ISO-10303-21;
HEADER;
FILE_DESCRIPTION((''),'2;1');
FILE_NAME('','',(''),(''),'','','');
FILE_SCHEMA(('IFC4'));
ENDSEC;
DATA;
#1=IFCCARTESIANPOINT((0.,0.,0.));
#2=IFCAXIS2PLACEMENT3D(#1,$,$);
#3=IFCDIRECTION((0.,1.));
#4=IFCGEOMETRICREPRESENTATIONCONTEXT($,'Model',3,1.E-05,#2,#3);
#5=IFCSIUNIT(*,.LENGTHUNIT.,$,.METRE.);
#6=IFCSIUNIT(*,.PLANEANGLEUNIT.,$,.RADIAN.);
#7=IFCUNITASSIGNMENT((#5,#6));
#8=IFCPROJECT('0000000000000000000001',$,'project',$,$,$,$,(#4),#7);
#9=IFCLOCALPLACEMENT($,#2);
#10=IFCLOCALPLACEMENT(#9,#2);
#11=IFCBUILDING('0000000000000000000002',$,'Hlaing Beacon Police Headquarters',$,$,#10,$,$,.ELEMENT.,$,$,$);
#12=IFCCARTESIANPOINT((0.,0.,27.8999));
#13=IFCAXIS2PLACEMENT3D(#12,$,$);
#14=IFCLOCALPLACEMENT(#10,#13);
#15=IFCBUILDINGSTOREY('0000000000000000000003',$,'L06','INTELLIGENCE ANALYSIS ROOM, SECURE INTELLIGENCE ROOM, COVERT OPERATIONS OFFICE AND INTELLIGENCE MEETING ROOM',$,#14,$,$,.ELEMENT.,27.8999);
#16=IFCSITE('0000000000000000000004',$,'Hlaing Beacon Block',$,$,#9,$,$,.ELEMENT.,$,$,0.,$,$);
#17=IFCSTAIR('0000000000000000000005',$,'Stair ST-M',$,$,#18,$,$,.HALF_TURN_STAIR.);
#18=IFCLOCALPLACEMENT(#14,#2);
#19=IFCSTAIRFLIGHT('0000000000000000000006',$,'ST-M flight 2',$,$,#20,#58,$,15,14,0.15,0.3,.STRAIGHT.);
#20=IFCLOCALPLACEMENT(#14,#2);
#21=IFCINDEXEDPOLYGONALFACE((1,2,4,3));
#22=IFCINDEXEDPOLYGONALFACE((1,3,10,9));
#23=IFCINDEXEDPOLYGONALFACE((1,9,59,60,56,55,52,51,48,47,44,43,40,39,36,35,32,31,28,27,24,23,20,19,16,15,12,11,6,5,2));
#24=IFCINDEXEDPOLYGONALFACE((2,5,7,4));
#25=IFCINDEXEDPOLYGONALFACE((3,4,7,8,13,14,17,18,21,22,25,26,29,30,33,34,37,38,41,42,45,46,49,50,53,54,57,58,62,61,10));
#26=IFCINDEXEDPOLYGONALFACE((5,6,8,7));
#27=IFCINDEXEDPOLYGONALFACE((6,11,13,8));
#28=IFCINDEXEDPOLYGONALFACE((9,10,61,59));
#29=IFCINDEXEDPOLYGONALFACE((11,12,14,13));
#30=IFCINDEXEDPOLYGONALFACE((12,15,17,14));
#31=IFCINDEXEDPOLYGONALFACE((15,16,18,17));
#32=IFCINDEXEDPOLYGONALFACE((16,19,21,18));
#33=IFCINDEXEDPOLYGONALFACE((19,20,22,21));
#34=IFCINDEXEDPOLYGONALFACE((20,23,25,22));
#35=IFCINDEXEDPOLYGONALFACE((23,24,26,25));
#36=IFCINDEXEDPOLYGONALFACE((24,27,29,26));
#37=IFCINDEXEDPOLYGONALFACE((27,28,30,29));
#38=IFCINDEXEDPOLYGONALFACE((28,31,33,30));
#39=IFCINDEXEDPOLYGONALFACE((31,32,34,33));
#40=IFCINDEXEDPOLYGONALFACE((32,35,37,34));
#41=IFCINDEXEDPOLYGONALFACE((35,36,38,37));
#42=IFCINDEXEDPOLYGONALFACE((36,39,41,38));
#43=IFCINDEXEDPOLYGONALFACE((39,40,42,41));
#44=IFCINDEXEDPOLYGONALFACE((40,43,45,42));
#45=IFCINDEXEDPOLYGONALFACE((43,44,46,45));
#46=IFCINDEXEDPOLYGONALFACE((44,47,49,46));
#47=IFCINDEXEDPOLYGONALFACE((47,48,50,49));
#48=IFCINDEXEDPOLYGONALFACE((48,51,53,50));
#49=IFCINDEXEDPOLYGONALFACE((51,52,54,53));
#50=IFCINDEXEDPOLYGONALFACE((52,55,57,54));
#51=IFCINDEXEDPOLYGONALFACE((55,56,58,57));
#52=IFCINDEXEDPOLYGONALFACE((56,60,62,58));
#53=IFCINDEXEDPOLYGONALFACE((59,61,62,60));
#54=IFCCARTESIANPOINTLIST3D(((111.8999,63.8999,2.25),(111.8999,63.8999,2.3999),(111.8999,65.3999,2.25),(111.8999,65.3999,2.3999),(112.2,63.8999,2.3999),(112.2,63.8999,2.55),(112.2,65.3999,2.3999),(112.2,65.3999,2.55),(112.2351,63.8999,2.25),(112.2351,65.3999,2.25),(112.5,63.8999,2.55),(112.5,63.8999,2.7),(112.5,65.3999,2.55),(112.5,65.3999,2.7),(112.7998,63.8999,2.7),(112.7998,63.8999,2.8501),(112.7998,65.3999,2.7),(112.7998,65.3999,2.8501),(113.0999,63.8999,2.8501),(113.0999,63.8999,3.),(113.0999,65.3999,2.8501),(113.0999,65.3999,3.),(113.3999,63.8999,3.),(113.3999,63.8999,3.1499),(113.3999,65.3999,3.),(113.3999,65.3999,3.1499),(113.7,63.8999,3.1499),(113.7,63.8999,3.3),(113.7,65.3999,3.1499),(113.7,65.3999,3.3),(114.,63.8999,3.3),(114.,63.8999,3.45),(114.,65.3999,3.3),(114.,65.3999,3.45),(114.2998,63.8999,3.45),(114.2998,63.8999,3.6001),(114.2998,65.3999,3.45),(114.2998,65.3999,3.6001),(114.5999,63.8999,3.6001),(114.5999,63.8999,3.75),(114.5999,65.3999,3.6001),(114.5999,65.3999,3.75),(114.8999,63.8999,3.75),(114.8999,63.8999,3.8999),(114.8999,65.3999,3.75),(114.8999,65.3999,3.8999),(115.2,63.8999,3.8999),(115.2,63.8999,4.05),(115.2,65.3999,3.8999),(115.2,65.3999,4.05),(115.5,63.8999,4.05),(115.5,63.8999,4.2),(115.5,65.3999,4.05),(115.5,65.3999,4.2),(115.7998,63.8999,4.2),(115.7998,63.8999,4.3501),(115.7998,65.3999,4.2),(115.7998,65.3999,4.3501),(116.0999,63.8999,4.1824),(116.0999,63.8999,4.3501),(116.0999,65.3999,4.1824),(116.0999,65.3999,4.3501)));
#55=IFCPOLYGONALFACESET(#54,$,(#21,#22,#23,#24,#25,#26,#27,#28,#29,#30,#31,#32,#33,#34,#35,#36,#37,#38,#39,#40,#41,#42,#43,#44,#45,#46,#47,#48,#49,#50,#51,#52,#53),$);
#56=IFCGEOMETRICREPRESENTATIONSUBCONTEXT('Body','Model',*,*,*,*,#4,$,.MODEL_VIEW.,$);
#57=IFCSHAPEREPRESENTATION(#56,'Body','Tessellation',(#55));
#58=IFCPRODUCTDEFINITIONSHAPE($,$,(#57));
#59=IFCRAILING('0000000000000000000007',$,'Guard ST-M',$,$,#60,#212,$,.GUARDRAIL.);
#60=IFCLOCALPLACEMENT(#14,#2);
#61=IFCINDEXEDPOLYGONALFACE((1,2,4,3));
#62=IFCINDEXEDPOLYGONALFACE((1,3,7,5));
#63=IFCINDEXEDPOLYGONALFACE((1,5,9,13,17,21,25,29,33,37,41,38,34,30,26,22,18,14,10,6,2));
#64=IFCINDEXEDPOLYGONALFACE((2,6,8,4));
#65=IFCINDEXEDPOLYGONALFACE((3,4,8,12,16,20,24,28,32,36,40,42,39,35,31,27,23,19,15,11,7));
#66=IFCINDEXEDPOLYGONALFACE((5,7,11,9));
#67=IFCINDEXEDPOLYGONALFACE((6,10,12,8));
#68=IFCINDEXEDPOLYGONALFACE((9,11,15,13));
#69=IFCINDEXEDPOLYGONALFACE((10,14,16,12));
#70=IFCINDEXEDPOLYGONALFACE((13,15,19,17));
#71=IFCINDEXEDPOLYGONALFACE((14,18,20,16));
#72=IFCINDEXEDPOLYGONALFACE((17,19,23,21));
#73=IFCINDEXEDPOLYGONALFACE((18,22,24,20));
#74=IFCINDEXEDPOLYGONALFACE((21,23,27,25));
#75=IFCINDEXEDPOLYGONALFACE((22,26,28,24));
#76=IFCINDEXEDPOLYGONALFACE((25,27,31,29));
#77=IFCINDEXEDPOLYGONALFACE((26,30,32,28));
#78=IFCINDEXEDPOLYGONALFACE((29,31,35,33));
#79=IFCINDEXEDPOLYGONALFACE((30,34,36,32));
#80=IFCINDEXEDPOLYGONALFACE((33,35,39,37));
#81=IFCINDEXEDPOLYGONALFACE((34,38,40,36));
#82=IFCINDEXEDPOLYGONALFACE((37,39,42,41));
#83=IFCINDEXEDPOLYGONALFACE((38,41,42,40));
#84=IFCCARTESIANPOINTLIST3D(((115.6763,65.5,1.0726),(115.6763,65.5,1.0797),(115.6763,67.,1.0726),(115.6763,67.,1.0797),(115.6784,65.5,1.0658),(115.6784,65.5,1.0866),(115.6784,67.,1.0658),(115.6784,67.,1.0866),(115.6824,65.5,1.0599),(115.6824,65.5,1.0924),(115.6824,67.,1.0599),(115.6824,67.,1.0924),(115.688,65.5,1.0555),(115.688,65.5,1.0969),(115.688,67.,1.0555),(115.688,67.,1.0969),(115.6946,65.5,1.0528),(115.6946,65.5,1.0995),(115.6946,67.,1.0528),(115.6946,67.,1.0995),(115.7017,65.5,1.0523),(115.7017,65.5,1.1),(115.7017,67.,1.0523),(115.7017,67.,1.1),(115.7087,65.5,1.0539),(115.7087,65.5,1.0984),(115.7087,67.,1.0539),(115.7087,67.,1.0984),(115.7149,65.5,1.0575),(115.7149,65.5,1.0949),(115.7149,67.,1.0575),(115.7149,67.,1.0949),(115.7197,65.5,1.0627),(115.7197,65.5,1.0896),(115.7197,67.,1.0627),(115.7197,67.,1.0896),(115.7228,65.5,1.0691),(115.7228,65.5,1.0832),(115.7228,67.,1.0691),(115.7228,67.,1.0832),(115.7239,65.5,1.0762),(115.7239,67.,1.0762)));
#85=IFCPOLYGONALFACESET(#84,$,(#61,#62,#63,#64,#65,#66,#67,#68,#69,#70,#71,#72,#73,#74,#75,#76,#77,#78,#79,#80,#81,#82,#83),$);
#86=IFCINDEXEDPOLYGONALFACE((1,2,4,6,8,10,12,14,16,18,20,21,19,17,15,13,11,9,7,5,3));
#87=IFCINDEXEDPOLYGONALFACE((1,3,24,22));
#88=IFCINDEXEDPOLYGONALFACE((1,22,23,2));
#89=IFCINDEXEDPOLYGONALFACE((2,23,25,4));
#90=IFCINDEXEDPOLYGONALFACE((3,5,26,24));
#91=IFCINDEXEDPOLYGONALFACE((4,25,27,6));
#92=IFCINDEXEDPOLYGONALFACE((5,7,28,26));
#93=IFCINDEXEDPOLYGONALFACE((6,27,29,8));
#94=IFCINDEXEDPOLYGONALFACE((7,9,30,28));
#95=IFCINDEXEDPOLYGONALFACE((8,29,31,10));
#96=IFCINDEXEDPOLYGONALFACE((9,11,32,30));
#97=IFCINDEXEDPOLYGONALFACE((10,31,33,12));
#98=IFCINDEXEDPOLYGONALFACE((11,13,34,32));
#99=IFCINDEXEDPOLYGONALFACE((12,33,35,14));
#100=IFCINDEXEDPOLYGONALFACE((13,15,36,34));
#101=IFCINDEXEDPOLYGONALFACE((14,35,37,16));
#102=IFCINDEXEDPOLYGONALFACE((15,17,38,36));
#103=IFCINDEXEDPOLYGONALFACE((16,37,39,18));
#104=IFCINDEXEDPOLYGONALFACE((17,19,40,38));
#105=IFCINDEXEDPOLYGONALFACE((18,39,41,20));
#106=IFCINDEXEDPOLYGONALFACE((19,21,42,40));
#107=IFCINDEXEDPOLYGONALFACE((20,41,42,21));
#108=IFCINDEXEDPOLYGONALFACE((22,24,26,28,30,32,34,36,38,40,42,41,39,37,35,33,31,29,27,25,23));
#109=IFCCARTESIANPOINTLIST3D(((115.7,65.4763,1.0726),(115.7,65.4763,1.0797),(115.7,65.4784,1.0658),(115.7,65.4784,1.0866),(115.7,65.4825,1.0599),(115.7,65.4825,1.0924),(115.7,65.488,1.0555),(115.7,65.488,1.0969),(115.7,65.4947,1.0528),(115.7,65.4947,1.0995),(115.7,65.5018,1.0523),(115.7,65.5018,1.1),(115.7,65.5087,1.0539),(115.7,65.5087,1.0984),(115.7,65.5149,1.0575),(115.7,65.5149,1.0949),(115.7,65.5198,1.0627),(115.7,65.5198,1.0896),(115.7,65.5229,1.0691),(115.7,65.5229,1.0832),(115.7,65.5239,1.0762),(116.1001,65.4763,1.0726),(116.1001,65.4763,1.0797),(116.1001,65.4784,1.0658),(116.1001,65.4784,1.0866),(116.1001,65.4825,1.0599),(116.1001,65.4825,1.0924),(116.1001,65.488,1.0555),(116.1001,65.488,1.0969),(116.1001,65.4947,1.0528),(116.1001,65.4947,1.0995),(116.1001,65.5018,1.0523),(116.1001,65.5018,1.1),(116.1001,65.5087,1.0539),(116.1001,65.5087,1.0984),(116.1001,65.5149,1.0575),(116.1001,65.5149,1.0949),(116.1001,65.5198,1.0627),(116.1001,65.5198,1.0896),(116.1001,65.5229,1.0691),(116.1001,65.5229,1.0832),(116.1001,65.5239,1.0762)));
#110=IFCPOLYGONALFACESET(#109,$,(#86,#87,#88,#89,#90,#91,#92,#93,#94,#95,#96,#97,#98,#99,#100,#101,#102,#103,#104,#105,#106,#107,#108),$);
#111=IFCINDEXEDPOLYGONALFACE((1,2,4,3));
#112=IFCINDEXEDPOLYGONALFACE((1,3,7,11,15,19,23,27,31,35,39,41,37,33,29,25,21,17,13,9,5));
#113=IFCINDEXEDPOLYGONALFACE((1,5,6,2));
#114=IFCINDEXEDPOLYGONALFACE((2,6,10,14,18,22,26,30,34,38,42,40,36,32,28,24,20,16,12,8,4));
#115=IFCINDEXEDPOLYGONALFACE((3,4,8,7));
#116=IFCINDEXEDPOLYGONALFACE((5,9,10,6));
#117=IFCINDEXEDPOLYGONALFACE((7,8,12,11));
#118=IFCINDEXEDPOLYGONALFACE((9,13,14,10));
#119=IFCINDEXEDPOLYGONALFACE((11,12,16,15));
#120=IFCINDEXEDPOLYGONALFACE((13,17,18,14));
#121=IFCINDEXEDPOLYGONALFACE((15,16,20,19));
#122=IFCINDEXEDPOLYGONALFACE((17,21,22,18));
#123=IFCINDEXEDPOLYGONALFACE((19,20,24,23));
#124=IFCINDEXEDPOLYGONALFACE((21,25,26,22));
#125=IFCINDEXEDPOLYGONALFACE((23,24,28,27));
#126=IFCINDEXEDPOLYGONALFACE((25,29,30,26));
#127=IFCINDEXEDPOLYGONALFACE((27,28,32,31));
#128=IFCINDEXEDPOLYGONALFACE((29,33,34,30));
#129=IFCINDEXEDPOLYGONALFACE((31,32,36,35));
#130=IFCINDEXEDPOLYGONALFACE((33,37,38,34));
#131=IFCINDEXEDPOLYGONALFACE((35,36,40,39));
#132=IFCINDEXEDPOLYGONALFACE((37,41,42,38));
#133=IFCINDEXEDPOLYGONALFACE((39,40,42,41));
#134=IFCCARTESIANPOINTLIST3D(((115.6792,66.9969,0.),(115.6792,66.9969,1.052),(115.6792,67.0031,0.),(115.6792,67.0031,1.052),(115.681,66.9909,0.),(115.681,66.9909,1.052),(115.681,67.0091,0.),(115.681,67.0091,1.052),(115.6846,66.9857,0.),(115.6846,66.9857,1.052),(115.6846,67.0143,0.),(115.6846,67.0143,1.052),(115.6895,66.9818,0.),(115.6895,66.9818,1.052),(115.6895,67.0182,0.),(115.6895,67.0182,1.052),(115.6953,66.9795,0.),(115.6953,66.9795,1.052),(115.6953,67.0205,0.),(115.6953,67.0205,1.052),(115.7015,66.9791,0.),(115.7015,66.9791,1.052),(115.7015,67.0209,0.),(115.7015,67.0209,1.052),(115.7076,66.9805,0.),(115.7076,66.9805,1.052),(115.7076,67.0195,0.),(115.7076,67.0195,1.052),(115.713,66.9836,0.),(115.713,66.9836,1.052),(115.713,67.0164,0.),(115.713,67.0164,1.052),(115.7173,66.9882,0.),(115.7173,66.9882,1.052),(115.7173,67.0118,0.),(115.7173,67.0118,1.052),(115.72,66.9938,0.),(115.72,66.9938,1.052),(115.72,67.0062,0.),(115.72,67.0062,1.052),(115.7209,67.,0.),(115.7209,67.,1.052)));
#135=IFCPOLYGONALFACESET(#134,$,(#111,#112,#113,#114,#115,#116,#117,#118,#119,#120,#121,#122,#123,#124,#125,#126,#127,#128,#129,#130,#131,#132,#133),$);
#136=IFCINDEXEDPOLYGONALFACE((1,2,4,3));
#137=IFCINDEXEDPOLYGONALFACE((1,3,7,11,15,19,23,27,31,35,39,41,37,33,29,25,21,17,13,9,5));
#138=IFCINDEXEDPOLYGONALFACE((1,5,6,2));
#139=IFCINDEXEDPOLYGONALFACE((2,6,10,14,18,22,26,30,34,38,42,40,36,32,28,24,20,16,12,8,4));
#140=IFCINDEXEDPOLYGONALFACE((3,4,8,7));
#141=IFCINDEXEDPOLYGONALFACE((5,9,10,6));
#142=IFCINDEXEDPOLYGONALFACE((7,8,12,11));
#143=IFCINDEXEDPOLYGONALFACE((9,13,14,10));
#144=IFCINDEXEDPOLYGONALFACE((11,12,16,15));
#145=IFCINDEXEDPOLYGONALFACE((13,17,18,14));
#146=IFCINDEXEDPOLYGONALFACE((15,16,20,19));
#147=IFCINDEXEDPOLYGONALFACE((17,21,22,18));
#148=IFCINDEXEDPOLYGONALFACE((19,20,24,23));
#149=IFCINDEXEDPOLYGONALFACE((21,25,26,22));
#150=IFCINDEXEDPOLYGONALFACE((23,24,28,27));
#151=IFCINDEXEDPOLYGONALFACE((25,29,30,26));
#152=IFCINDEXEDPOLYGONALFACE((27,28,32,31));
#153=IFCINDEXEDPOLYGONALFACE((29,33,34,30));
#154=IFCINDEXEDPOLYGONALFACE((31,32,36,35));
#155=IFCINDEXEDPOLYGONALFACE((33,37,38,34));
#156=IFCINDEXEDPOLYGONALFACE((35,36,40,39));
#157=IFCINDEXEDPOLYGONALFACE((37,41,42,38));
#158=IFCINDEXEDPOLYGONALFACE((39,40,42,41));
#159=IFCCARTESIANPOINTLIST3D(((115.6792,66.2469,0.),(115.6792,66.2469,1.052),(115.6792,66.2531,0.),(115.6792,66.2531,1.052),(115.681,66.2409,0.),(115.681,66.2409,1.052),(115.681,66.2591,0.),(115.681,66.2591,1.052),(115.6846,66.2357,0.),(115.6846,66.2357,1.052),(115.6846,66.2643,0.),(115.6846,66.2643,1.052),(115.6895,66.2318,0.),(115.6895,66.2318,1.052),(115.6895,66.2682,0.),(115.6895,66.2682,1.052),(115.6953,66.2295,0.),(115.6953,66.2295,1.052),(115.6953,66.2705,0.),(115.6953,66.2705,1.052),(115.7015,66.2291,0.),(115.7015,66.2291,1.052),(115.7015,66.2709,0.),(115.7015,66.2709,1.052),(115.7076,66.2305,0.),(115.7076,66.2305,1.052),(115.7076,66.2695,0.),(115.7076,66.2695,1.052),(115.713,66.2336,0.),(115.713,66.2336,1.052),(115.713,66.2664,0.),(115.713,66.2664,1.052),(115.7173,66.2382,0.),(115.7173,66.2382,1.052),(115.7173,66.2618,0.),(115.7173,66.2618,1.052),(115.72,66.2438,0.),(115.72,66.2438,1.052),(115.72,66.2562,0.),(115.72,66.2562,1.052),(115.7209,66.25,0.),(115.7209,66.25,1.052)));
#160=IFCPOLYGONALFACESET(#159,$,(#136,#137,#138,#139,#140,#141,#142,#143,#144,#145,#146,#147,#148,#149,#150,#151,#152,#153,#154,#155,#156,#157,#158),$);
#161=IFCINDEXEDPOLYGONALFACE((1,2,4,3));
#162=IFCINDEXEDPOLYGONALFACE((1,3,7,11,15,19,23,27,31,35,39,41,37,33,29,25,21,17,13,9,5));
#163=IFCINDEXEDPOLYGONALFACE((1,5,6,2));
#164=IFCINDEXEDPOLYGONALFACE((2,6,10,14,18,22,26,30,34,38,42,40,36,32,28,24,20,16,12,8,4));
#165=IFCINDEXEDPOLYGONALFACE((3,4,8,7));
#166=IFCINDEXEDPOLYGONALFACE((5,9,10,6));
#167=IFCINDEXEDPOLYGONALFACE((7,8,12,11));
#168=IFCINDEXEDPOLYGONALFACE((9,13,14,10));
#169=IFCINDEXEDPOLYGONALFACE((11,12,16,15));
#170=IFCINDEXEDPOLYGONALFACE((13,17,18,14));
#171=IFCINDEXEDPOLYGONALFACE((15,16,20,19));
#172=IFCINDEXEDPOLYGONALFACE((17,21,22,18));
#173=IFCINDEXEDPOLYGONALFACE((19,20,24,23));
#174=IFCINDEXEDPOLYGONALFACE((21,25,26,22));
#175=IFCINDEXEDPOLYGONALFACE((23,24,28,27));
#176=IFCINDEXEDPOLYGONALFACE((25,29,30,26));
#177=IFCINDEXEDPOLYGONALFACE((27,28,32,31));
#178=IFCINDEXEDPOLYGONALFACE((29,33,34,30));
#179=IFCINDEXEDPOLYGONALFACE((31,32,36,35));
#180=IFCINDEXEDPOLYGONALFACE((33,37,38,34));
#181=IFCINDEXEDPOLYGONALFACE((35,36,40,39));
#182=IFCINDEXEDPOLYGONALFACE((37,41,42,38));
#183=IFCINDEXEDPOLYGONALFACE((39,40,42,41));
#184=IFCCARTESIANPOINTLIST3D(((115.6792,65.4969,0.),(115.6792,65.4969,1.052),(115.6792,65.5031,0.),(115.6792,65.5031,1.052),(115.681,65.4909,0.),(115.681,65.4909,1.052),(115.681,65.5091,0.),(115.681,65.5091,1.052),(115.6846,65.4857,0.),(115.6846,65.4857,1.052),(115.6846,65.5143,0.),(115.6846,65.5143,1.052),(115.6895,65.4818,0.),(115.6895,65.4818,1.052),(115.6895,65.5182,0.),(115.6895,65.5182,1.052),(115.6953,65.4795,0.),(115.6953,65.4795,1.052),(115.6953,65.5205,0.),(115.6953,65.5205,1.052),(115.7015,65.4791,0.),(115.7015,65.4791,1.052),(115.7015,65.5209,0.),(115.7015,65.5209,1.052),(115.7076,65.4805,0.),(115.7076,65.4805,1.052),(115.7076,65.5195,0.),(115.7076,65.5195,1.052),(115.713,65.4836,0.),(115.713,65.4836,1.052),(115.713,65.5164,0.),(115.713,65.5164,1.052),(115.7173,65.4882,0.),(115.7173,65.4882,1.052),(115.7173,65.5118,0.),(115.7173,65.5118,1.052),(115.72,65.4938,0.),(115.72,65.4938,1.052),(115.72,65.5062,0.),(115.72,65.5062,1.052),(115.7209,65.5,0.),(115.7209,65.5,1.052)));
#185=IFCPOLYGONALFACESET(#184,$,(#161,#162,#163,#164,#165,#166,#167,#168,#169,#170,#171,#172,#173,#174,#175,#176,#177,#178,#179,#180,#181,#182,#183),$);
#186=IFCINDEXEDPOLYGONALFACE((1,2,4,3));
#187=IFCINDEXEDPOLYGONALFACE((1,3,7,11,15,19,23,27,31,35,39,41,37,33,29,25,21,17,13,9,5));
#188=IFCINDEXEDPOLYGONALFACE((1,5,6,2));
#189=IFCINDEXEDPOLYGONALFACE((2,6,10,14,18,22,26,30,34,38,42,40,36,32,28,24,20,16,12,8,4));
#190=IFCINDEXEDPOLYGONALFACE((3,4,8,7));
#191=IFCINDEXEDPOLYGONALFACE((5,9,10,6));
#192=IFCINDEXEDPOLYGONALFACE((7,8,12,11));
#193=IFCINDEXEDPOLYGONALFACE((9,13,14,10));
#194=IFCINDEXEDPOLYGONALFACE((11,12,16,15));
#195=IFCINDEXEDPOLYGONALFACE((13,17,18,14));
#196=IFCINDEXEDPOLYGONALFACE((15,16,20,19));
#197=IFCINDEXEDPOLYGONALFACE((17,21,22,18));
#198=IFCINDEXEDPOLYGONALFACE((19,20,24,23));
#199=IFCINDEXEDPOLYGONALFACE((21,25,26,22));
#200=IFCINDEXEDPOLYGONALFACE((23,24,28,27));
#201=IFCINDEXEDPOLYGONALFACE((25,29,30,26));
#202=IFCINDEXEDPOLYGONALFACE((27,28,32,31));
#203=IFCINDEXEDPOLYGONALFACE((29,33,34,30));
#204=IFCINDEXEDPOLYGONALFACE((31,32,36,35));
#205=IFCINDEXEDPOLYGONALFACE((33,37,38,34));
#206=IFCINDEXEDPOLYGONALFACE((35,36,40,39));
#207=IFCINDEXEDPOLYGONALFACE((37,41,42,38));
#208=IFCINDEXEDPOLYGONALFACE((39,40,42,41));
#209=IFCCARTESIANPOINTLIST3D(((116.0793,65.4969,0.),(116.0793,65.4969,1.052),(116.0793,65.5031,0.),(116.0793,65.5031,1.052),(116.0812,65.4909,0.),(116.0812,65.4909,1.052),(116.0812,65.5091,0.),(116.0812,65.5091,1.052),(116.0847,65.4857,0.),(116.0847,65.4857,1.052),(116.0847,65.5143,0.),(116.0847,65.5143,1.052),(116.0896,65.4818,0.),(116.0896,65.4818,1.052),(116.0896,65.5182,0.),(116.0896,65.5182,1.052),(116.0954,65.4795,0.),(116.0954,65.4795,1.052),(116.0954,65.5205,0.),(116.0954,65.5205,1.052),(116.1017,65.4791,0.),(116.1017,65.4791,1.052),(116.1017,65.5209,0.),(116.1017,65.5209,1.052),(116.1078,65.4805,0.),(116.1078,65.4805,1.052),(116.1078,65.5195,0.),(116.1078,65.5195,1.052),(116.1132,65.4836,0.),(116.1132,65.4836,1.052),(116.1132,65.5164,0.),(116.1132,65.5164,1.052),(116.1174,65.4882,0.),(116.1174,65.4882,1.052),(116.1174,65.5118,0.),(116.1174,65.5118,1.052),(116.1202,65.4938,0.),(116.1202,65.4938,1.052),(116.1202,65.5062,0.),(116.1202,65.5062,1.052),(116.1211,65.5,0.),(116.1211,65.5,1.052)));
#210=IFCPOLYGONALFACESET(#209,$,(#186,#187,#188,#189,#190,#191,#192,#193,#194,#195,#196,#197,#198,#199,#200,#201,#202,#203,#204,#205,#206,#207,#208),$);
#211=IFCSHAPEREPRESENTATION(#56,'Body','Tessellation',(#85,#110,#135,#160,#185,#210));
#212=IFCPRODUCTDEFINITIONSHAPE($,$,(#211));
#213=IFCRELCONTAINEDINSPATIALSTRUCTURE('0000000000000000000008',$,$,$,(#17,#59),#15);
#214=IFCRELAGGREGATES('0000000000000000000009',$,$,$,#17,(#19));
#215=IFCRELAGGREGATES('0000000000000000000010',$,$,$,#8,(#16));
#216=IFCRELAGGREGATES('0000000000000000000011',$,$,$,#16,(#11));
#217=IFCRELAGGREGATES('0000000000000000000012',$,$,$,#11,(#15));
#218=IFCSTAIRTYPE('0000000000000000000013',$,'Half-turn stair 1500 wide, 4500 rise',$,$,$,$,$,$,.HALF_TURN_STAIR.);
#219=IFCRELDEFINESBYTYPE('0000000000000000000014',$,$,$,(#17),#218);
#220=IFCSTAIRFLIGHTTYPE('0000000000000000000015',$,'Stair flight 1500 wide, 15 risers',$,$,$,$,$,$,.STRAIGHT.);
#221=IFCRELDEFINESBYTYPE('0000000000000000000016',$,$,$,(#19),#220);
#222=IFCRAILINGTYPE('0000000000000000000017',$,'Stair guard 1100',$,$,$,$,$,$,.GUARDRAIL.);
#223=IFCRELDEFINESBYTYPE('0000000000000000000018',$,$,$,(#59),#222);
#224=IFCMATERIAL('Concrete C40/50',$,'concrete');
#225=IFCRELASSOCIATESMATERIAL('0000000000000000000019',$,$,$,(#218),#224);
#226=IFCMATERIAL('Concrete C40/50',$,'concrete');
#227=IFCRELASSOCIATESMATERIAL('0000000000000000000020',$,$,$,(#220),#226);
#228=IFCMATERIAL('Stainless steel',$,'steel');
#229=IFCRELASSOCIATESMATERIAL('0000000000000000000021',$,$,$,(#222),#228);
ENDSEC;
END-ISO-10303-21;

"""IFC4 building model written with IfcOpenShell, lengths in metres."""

from ifc_helpers import new_model, si_unit, direction, frame, origin, origin_2d, place, context, subcontext, project, spatial, polyline, circle, outline, extrude, material, type_object, element, aggregate, save


model = new_model("IFC4")

# Units and contexts
model_context = context("Model", 3, precision=1e-05, world=origin(), true_north=direction((0.0, 1.0)))
body_context = subcontext(model_context, "Body", "Model", "MODEL_VIEW")
ifc_project = project(units=[si_unit("LENGTHUNIT", "METRE"), si_unit("PLANEANGLEUNIT", "RADIAN")], contexts=[model_context])

# Site, building, storey
site_placement = place(None, origin())
site = spatial("IfcSite", under=ifc_project, at=site_placement, Name="Hlaing Beacon Block", CompositionType="ELEMENT", RefElevation=0.0)
building_placement = place(site_placement, origin())
building = spatial("IfcBuilding", under=site, at=building_placement, Name="Hlaing Beacon Police Headquarters", CompositionType="ELEMENT")
storey_placement = place(building_placement, frame((0.0, 0.0, 27.8999)))
storey = spatial("IfcBuildingStorey", under=building, at=storey_placement, Name="L06", Description="INTELLIGENCE ANALYSIS ROOM, SECURE INTELLIGENCE ROOM, COVERT OPERATIONS OFFICE AND INTELLIGENCE MEETING ROOM", CompositionType="ELEMENT", Elevation=27.8999)

# Stair, stair flight
ifc_material_1 = material(Name="Concrete C40/50", Category="concrete")
stair_type = type_object("IfcStairType", Name="Half-turn stair 1500 wide, 4500 rise", PredefinedType="HALF_TURN_STAIR", material=ifc_material_1)
stair_placement = place(storey_placement, origin())
stair = element("IfcStair", 1, at=stair_placement, inside=storey, type_object=stair_type, Name="Stair ST-M", PredefinedType="HALF_TURN_STAIR")
ifc_material_2 = material(Name="Concrete C40/50", Category="concrete")
stair_flight_type = type_object("IfcStairFlightType", Name="Stair flight 1500 wide, 15 risers", PredefinedType="STRAIGHT", material=ifc_material_2)
stair_flight_placement = place(storey_placement, frame((111.8999, 64.6499, 2.25), z_axis=(0.0, 0.0, 1.0), x_axis=(1.0, 0.0, 0.0)))
stair_flight = element("IfcStairFlight", 2, at=stair_flight_placement, type_object=stair_flight_type, Name="ST-M flight 2", NumberOfRisers=15, NumberOfTreads=14, PredefinedType="STRAIGHT", RiserHeight=0.15, TreadLength=0.3, context=body_context, shape_type="SweptSolid", body=[
    extrude(outline(polyline([(0.0, 0.0), (0.0, 0.1499), (0.3, 0.1499), (0.3, 0.3), (0.6001, 0.3), (0.6001, 0.45), (0.8999, 0.45), (0.8999, 0.6001), (1.2, 0.6001), (1.2, 0.75), (1.5, 0.75), (1.5, 0.8999), (1.8, 0.8999), (1.8, 1.05), (2.1001, 1.05), (2.1001, 1.2), (2.3999, 1.2), (2.3999, 1.3501), (2.7, 1.3501), (2.7, 1.5), (3.0, 1.5), (3.0, 1.6499), (3.3, 1.6499), (3.3, 1.8), (3.6001, 1.8), (3.6001, 1.95), (3.8999, 1.95), (3.8999, 2.1001), (4.2, 2.1001), (4.2, 2.25), (4.2, 1.9324), (0.3352, 0.0), (0.0, 0.0)])), frame((0.0, 0.75, 0.0), z_axis=(0.0, -1.0, 0.0), x_axis=(1.0, 0.0, 0.0)), (0.0, 0.0, 1.0), 1.5),
])
aggregate(stair, [stair_flight])

# Railing
ifc_material_3 = material(Name="Stainless steel", Category="steel")
railing_type_1 = type_object("IfcRailingType", Name="Stair guard 1100", PredefinedType="GUARDRAIL", material=ifc_material_3)
railing_placement = place(storey_placement, frame((115.7, 67.0, 0.0)))
element("IfcRailing", 3, at=railing_placement, inside=storey, type_object=railing_type_1, Name="Guard ST-M", PredefinedType="GUARDRAIL", context=body_context, shape_type="SweptSolid", body=[
    extrude(circle(Radius=0.0239, at=origin_2d()), frame((0.0, 0.0, 1.0762), z_axis=(0.0, -1.0, 0.0), x_axis=(1.0, 0.0, 0.0)), (0.0, 0.0, 1.0), 1.5),
    extrude(circle(Radius=0.0239, at=origin_2d()), frame((0.0, -1.5, 1.0762), z_axis=(1.0, 0.0, 0.0), x_axis=(0.0, 1.0, 0.0)), (0.0, 0.0, 1.0), 0.4001),
    extrude(circle(Radius=0.021, at=origin_2d()), origin(), (0.0, 0.0, 1.0), 1.052),
    extrude(circle(Radius=0.021, at=origin_2d()), frame((0.0, -0.75, 0.0)), (0.0, 0.0, 1.0), 1.052),
    extrude(circle(Radius=0.021, at=origin_2d()), frame((0.0, -1.5, 0.0)), (0.0, 0.0, 1.0), 1.052),
    extrude(circle(Radius=0.021, at=origin_2d()), frame((0.4001, -1.5, 0.0)), (0.0, 0.0, 1.0), 1.052),
])

save(model, "model.ifc")
